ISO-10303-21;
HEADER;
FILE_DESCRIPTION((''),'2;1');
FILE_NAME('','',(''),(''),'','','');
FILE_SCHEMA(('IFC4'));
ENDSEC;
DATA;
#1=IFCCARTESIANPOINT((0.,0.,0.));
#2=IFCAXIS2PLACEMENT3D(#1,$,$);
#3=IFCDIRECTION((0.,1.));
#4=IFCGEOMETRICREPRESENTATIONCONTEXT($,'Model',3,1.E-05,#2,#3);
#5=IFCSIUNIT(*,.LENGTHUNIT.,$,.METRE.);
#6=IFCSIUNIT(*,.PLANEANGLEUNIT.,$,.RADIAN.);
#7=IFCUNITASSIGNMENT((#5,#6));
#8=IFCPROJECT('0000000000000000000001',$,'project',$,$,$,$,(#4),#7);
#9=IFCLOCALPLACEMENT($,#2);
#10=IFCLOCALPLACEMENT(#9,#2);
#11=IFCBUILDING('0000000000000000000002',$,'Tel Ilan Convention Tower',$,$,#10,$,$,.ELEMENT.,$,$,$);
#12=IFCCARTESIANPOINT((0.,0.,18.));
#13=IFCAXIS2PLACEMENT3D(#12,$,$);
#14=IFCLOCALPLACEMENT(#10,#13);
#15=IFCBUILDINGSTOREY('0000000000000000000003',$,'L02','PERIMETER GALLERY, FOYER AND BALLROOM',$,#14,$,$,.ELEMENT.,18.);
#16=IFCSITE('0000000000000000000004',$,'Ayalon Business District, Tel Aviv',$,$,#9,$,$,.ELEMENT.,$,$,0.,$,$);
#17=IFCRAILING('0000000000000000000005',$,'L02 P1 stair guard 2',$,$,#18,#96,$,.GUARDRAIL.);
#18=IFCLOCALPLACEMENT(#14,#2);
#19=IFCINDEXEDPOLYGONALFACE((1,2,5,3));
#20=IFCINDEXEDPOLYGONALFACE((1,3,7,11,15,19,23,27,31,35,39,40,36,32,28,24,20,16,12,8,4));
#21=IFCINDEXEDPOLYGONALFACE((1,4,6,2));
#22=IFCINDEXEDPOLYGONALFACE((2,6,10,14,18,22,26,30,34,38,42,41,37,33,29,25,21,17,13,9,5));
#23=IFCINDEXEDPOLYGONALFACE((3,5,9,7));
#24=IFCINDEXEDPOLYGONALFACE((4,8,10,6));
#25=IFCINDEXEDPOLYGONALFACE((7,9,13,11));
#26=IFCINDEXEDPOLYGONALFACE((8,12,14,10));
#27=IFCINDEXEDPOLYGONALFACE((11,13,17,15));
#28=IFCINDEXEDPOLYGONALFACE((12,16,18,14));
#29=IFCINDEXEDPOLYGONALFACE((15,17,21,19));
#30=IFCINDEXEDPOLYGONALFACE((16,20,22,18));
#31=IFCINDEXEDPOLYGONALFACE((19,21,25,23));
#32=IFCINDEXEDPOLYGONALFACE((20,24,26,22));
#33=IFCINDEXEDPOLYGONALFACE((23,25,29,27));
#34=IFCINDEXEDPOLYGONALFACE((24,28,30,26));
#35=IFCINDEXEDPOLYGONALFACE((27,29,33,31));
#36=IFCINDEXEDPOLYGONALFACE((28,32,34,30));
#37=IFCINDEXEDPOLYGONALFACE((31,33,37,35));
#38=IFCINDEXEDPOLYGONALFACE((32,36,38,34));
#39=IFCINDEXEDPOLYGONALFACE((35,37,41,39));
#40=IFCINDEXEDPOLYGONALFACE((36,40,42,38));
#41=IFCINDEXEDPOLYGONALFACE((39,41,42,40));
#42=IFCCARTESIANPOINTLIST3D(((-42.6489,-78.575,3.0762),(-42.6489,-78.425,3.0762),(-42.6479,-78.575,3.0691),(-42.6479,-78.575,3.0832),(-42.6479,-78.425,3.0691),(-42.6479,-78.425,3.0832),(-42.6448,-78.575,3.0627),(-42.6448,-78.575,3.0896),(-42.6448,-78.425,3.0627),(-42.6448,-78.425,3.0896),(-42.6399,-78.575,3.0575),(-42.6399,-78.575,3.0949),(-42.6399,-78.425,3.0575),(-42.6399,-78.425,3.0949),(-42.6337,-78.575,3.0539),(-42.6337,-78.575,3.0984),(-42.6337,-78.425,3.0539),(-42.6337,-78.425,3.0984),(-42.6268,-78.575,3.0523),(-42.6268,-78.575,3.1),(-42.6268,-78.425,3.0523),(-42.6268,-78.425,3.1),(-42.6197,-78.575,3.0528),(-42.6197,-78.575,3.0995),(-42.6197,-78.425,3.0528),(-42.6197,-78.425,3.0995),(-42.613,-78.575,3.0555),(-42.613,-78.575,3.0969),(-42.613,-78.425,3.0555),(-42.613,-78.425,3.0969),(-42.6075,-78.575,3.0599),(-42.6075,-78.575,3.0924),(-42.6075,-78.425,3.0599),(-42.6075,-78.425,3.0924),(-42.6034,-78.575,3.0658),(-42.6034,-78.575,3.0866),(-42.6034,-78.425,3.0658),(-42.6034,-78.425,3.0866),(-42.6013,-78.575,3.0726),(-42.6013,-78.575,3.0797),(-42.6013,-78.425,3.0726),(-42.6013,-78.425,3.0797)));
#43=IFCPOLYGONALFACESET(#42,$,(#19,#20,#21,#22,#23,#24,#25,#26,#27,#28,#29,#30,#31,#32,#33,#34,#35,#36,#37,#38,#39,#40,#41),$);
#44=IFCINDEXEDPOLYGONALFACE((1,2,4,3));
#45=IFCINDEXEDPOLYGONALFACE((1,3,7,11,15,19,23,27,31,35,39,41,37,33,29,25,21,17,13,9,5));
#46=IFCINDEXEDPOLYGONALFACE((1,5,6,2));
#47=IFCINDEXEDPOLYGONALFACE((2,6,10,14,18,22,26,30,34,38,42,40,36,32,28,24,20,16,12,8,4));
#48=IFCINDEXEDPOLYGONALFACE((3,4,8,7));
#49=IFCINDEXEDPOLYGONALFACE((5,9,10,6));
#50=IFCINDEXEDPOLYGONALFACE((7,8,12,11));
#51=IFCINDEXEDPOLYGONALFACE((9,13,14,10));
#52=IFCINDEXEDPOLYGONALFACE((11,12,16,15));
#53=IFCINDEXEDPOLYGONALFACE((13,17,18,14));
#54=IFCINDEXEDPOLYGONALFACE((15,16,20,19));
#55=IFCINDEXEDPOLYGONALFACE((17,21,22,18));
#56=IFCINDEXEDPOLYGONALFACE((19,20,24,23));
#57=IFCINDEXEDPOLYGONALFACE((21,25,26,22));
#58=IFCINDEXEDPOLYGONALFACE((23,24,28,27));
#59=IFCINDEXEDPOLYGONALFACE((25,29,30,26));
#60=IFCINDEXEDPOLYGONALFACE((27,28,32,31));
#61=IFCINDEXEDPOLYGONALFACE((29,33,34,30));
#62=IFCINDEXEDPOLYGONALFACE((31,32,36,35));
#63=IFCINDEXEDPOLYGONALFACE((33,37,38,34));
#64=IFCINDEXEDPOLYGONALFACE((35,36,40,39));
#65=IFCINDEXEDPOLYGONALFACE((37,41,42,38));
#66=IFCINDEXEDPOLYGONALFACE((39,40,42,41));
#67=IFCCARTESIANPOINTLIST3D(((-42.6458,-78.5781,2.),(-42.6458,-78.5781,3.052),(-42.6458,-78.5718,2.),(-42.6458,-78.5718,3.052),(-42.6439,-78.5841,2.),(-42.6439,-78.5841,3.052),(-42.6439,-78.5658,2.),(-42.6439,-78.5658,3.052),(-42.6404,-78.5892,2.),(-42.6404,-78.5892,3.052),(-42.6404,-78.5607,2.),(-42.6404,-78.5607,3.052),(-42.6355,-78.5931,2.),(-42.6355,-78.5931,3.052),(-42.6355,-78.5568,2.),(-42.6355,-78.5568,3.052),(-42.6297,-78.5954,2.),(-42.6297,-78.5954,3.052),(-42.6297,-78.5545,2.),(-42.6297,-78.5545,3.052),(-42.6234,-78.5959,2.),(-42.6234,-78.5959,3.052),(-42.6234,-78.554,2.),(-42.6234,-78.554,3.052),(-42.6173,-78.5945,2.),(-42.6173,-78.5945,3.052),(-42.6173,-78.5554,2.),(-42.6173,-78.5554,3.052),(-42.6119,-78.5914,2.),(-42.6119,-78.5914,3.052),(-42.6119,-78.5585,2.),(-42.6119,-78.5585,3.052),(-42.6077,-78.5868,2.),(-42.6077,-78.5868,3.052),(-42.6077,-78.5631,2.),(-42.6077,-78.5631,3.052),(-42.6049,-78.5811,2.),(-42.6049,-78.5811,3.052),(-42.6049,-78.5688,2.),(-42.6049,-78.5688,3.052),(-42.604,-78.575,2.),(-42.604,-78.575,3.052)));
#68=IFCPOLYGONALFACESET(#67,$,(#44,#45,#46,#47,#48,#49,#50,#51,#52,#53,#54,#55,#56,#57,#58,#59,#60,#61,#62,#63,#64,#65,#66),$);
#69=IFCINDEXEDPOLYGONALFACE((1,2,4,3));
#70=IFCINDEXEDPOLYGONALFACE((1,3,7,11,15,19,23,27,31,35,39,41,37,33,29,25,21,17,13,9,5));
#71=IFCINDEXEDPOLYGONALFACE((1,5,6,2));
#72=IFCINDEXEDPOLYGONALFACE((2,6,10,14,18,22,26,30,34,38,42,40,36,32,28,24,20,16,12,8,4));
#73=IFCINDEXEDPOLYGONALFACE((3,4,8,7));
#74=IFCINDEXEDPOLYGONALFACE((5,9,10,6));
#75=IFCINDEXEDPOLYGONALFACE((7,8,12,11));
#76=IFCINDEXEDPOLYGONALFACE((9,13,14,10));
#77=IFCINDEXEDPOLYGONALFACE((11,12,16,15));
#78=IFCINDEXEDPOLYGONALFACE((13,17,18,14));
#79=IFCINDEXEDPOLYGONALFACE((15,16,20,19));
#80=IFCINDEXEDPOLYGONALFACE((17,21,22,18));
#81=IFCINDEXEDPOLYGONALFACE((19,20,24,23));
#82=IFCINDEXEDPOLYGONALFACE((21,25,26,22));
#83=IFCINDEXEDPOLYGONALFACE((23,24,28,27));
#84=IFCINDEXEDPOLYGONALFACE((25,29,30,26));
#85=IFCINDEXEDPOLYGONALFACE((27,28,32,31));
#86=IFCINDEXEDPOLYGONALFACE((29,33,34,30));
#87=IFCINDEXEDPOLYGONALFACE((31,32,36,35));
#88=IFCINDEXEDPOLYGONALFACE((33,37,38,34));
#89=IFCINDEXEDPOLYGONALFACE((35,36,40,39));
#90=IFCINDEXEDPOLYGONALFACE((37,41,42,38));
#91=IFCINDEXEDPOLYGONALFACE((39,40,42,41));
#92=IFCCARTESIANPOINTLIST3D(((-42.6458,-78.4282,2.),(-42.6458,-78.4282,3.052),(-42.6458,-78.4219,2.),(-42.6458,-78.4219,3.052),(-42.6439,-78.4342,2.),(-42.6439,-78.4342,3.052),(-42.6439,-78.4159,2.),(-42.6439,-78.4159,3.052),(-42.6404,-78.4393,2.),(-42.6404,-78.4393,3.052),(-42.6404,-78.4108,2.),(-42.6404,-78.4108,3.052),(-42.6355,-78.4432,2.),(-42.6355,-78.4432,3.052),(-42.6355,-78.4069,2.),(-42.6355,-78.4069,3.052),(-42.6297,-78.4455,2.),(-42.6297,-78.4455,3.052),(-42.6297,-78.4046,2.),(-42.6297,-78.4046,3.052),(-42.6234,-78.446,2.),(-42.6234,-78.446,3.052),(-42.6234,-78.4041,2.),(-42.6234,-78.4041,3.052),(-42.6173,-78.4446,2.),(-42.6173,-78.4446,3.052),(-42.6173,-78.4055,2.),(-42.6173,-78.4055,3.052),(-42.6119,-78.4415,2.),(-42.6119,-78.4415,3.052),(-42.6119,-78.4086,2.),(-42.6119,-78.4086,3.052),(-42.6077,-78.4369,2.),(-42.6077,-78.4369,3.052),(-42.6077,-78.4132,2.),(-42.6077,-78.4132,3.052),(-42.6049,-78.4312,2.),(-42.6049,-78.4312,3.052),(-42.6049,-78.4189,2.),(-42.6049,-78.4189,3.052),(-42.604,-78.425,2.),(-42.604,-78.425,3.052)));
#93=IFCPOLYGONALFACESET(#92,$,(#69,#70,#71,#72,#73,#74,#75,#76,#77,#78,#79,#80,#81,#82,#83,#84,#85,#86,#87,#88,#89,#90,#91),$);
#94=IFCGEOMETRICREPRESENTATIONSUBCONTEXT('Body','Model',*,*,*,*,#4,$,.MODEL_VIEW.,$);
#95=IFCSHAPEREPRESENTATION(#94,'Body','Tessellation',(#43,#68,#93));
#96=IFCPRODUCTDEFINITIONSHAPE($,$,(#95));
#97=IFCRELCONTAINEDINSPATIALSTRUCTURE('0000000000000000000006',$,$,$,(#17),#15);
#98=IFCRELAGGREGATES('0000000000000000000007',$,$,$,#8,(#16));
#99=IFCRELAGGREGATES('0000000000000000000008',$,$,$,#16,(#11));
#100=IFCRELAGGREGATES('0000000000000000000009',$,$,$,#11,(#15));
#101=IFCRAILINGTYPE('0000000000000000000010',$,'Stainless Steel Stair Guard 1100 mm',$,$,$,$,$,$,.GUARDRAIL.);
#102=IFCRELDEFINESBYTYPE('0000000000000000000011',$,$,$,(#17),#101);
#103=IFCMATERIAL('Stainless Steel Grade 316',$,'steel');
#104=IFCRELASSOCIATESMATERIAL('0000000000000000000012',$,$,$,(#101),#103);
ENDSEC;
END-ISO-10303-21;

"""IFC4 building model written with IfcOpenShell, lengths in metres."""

from ifc_helpers import new_model, si_unit, direction, frame, origin, origin_2d, place, context, subcontext, project, spatial, circle, extrude, material, type_object, element, save


model = new_model("IFC4")

# Units and contexts
model_context = context("Model", 3, precision=1e-05, world=origin(), true_north=direction((0.0, 1.0)))
body_context = subcontext(model_context, "Body", "Model", "MODEL_VIEW")
ifc_project = project(units=[si_unit("LENGTHUNIT", "METRE"), si_unit("PLANEANGLEUNIT", "RADIAN")], contexts=[model_context])

# Site, building, storey
site_placement = place(None, origin())
site = spatial("IfcSite", under=ifc_project, at=site_placement, Name="Ayalon Business District, Tel Aviv", CompositionType="ELEMENT", RefElevation=0.0)
building_placement = place(site_placement, origin())
building = spatial("IfcBuilding", under=site, at=building_placement, Name="Tel Ilan Convention Tower", CompositionType="ELEMENT")
storey_placement = place(building_placement, frame((0.0, 0.0, 18.0)))
storey = spatial("IfcBuildingStorey", under=building, at=storey_placement, Name="L02", Description="PERIMETER GALLERY, FOYER AND BALLROOM", CompositionType="ELEMENT", Elevation=18.0)

# Railing
ifc_material_1 = material(Name="Stainless Steel Grade 316", Category="steel")
railing_type_1 = type_object("IfcRailingType", Name="Stainless Steel Stair Guard 1100 mm", PredefinedType="GUARDRAIL", material=ifc_material_1)
railing_1_placement = place(storey_placement, frame((-42.625, -78.575, 2.0)))
element("IfcRailing", 1, at=railing_1_placement, inside=storey, type_object=railing_type_1, Name="L02 P1 stair guard 2", PredefinedType="GUARDRAIL", context=body_context, shape_type="SweptSolid", body=[
    extrude(circle(Radius=0.0239, at=origin_2d()), frame((0.0, 0.0, 1.0762), z_axis=(0.0, 1.0, 0.0), x_axis=(-1.0, 0.0, 0.0)), (0.0, 0.0, 1.0), 0.1499),
    extrude(circle(Radius=0.021, at=origin_2d()), origin(), (0.0, 0.0, 1.0), 1.052),
    extrude(circle(Radius=0.021, at=origin_2d()), frame((0.0, 0.1499, 0.0)), (0.0, 0.0, 1.0), 1.052),
])

save(model, "model.ifc")
